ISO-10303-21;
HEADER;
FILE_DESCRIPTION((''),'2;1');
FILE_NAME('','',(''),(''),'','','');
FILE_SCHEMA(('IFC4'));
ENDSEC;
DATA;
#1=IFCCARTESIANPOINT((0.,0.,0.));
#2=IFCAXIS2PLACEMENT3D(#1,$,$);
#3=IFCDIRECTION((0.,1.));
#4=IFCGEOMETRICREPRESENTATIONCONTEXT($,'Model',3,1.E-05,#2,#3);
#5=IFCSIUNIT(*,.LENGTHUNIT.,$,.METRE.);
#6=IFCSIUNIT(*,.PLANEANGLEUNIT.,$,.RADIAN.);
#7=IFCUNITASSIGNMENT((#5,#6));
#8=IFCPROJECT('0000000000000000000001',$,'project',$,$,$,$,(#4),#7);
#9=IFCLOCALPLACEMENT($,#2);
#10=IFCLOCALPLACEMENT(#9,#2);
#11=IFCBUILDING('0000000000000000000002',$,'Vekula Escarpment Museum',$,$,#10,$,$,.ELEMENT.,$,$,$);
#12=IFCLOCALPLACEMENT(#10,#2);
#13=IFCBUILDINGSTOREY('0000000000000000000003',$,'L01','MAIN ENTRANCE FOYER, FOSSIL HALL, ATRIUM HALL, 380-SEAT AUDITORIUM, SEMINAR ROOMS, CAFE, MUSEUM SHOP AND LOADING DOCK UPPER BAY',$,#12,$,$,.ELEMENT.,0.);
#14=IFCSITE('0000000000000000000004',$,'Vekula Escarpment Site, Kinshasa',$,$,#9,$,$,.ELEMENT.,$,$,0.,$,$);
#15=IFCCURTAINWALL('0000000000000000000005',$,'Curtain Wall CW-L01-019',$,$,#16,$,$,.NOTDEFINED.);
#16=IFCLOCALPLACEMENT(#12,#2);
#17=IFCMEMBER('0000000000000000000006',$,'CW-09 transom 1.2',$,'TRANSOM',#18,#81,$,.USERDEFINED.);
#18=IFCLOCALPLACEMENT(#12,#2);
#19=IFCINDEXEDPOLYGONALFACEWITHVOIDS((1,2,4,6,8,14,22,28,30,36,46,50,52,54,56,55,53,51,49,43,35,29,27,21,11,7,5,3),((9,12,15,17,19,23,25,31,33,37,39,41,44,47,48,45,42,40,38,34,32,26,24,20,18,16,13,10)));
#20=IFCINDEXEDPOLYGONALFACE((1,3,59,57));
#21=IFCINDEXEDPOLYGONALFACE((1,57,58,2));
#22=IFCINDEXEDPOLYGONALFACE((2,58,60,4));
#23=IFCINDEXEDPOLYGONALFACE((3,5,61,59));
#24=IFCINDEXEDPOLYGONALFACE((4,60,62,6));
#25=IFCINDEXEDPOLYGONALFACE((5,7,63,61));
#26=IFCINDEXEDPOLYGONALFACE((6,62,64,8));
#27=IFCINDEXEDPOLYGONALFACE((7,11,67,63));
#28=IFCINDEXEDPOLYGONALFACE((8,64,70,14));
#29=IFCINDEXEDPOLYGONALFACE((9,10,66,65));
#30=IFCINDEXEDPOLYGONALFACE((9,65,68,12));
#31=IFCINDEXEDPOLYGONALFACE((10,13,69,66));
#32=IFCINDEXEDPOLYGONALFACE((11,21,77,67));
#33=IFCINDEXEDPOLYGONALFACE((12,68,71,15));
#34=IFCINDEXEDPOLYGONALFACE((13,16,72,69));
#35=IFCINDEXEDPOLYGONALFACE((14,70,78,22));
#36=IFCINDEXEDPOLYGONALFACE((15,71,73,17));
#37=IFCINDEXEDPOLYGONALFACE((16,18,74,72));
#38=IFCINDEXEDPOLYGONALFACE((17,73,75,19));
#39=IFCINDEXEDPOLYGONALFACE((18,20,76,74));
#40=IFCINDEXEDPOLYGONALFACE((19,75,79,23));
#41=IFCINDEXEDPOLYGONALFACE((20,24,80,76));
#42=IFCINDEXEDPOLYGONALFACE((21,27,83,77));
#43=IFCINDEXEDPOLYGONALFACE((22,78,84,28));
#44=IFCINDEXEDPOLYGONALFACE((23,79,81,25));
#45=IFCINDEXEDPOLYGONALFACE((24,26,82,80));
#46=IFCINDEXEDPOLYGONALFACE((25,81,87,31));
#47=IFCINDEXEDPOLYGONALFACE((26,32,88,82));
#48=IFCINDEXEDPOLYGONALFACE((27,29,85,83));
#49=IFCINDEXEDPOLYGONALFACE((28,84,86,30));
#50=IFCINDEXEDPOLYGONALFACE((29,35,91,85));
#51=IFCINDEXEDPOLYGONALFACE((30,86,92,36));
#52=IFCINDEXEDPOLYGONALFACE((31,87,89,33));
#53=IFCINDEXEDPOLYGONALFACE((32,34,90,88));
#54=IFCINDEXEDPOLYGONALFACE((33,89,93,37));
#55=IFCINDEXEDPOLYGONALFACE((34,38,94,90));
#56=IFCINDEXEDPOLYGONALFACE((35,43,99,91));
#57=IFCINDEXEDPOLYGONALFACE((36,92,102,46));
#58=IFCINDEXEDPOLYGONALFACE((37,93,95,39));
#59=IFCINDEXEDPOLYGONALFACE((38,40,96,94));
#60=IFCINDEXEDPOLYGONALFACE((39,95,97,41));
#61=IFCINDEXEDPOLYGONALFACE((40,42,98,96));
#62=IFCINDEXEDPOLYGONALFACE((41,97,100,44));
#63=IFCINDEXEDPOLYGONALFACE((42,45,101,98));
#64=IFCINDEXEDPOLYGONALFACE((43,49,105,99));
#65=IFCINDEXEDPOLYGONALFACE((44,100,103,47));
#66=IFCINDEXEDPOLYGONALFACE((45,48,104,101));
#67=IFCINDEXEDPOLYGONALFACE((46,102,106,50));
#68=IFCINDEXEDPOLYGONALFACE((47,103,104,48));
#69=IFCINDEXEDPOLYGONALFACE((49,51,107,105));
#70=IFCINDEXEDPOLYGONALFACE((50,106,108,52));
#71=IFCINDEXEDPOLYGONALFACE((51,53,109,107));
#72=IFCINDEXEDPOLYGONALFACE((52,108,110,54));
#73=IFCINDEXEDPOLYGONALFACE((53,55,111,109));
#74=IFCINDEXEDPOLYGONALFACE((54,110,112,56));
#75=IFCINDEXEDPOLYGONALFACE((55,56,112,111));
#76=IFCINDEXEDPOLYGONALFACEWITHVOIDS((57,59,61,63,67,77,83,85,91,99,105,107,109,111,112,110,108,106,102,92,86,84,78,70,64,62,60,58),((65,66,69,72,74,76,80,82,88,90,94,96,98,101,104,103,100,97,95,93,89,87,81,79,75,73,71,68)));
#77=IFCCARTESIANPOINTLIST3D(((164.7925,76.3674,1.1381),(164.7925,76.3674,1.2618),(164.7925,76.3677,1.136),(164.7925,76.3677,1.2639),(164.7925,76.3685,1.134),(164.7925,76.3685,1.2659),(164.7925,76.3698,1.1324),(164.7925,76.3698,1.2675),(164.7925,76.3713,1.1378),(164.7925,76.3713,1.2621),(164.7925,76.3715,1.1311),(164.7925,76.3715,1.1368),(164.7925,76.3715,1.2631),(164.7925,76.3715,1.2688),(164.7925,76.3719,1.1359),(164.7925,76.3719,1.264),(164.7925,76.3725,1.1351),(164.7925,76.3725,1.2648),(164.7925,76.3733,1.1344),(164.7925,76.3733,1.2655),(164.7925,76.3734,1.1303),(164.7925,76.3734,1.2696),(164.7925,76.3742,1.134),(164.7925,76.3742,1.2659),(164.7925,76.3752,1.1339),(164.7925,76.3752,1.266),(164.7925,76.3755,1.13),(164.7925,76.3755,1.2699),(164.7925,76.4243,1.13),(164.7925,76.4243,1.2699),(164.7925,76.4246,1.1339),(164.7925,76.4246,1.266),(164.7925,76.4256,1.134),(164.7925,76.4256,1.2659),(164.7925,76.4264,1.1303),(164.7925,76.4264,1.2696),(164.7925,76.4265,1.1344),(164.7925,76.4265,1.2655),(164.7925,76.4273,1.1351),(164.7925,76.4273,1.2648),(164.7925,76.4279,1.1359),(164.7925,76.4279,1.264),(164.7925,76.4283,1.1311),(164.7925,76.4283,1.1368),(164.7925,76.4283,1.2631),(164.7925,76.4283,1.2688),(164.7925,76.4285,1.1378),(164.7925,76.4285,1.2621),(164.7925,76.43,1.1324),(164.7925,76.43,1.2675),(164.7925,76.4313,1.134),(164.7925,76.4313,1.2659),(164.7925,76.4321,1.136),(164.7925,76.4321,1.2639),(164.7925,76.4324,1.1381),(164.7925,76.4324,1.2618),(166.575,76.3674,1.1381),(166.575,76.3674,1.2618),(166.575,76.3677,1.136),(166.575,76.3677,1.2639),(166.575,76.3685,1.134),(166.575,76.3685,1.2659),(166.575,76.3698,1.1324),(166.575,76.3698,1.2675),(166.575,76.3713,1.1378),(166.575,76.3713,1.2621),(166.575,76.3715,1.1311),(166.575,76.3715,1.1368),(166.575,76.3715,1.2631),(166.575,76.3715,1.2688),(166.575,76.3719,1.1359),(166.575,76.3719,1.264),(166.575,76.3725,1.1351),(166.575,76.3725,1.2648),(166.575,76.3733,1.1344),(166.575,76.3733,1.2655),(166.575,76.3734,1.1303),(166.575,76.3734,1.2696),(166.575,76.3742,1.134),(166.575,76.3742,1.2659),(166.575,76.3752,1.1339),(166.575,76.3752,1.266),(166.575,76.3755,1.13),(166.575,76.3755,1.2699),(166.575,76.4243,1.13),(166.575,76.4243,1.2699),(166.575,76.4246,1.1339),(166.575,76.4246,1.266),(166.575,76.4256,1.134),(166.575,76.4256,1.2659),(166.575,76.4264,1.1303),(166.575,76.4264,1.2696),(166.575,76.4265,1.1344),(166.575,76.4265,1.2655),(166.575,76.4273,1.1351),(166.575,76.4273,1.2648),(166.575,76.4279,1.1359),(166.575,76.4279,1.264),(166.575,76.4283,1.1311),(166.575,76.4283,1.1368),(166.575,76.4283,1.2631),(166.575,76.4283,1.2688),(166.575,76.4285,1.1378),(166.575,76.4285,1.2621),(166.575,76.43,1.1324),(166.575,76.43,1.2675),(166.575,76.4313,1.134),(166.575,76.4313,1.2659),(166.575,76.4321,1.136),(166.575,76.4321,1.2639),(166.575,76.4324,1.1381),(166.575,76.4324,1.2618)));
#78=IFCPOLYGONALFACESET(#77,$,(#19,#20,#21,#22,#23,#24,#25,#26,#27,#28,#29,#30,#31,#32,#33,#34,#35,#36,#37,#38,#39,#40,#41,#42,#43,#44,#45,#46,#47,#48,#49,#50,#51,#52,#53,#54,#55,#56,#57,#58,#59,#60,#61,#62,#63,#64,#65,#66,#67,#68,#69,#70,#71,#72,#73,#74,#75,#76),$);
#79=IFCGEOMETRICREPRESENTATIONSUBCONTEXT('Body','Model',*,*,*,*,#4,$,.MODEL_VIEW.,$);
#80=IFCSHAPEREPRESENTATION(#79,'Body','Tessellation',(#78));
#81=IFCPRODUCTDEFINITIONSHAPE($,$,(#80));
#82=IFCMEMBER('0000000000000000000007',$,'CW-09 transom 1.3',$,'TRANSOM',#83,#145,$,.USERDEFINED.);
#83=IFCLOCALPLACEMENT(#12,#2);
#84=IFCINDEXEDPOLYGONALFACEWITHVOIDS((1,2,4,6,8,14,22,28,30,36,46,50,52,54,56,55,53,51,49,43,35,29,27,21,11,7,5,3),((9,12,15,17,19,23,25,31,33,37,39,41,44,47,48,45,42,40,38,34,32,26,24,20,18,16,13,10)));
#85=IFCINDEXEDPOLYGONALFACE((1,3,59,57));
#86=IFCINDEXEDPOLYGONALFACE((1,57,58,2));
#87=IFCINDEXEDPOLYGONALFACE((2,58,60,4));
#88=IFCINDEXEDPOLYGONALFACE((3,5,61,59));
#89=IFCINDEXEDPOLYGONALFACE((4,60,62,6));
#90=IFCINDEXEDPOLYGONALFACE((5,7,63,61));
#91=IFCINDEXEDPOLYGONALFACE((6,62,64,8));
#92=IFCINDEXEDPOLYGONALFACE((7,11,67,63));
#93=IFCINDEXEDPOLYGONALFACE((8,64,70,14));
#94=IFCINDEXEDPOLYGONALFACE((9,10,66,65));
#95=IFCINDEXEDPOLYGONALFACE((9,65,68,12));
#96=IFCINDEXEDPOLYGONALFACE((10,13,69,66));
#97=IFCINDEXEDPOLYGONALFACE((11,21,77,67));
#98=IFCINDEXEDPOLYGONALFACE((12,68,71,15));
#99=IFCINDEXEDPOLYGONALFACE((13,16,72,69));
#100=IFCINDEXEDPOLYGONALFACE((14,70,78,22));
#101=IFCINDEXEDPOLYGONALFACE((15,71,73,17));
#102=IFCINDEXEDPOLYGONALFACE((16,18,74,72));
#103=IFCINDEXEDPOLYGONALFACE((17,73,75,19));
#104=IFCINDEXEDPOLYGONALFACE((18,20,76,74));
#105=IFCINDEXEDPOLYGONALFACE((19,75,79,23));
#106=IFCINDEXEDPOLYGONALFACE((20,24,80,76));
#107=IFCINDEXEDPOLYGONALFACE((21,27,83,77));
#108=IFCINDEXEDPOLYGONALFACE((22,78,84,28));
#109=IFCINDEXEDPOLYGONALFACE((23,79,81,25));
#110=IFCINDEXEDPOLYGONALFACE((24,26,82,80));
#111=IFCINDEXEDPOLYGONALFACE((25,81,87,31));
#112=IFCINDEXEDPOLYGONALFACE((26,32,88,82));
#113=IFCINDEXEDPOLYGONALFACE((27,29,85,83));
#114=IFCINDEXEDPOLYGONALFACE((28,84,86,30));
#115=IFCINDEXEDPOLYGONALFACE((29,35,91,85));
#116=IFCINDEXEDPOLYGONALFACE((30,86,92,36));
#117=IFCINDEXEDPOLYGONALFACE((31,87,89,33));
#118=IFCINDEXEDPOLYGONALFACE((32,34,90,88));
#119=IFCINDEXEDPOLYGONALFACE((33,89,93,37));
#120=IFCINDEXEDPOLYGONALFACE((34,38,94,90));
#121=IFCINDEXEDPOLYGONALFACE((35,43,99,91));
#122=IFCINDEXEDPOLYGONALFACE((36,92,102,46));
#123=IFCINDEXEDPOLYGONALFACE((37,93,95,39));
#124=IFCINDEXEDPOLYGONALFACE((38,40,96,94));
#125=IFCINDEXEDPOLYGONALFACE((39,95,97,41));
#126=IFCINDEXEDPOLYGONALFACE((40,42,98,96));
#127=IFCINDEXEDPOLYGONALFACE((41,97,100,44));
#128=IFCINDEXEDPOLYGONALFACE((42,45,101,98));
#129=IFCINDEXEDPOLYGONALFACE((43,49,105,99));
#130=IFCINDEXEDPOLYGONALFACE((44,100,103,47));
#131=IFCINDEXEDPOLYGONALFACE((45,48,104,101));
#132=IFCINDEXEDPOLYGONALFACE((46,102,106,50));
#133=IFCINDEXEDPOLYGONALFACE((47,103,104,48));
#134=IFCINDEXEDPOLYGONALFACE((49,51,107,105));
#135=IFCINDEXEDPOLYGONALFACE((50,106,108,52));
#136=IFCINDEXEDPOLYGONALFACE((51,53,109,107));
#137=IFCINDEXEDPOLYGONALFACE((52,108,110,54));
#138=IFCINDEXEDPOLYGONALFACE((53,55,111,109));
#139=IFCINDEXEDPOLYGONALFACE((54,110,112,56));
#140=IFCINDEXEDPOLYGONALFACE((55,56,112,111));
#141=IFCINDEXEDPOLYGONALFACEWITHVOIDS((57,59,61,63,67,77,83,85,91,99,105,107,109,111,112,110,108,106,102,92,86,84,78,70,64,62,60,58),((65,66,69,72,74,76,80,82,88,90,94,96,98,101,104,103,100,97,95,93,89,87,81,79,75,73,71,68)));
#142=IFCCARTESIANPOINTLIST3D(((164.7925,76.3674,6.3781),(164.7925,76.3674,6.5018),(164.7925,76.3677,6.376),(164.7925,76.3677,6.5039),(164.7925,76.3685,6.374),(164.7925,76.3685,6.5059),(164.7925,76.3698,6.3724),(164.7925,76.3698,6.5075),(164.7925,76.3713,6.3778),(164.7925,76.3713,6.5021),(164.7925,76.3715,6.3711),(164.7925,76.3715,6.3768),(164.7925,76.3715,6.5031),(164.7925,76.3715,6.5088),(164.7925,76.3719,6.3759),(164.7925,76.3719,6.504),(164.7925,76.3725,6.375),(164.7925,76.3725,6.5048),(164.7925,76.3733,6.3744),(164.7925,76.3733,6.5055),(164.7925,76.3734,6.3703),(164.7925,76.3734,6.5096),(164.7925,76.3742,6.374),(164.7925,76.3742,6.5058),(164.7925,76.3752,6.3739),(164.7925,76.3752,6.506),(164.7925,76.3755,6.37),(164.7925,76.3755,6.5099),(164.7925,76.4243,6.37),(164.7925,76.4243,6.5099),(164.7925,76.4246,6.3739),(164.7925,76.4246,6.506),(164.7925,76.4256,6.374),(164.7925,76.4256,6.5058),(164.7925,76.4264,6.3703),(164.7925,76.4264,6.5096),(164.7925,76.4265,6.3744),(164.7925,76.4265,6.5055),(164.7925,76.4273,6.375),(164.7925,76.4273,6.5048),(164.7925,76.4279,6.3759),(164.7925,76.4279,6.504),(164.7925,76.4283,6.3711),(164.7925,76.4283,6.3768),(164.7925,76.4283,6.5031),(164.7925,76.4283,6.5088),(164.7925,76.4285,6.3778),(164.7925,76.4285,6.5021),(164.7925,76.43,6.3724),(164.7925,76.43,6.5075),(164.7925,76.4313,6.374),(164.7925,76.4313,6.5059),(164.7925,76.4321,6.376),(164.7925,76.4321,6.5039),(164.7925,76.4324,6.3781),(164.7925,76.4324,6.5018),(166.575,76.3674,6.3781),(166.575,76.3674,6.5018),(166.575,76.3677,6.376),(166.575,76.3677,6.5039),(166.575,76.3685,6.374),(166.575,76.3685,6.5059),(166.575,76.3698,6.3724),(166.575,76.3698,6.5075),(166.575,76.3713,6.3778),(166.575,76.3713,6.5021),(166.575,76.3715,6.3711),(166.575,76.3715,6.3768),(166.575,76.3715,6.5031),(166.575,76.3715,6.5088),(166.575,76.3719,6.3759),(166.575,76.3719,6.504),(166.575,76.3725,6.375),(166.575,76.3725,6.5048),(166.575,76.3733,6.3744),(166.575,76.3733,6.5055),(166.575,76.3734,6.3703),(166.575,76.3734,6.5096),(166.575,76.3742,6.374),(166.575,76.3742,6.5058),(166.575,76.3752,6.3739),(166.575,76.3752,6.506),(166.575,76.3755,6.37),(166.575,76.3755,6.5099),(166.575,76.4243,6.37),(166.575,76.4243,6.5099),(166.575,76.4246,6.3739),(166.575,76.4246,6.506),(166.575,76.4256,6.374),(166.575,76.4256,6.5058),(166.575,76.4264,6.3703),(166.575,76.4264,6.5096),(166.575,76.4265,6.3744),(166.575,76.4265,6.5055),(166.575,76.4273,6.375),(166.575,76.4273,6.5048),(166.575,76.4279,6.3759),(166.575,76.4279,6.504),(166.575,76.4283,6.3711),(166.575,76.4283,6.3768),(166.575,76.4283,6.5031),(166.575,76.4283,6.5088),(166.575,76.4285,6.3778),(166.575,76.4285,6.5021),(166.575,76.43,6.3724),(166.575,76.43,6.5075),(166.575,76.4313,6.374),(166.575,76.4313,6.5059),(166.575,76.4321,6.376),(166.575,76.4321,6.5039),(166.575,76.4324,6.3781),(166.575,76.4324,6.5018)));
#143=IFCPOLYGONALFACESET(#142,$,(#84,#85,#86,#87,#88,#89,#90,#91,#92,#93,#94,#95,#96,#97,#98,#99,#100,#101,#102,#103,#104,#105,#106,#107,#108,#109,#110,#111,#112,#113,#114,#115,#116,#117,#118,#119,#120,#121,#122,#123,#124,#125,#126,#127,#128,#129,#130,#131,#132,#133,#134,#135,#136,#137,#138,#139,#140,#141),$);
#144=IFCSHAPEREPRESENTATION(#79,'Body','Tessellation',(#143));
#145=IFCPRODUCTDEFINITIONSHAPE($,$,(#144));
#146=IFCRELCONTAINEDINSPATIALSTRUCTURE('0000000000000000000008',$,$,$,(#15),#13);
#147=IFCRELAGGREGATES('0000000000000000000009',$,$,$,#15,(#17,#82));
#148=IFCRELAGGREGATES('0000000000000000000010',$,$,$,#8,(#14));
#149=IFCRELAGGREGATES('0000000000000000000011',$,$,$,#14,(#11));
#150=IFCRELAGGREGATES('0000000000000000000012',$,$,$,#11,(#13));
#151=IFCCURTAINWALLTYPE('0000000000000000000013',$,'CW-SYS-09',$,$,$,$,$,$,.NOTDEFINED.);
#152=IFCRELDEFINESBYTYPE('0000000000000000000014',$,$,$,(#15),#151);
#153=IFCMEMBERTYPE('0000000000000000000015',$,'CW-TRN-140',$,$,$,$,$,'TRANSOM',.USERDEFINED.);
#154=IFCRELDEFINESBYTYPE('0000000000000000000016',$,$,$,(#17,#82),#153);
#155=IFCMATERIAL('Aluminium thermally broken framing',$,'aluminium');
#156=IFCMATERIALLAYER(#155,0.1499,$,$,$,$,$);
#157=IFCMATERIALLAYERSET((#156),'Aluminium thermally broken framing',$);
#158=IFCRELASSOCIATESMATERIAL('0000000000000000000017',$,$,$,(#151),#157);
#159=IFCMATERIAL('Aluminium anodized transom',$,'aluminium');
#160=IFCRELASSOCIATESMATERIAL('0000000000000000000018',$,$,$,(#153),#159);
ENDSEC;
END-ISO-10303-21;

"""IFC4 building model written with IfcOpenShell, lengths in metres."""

from ifc_helpers import new_model, si_unit, direction, frame, origin, origin_2d, place, context, subcontext, project, spatial, hollow_rectangle, extrude, material, layer, layer_set, material_profile, profile_set, type_object, element, aggregate, save


model = new_model("IFC4")

# Units and contexts
model_context = context("Model", 3, precision=1e-05, world=origin(), true_north=direction((0.0, 1.0)))
body_context = subcontext(model_context, "Body", "Model", "MODEL_VIEW")
ifc_project = project(units=[si_unit("LENGTHUNIT", "METRE"), si_unit("PLANEANGLEUNIT", "RADIAN")], contexts=[model_context])

# Site, building, storey
site_placement = place(None, origin())
site = spatial("IfcSite", under=ifc_project, at=site_placement, Name="Vekula Escarpment Site, Kinshasa", CompositionType="ELEMENT", RefElevation=0.0)
building_placement = place(site_placement, origin())
building = spatial("IfcBuilding", under=site, at=building_placement, Name="Vekula Escarpment Museum", CompositionType="ELEMENT")
storey_placement = place(building_placement, origin())
storey = spatial("IfcBuildingStorey", under=building, at=storey_placement, Name="L01", Description="MAIN ENTRANCE FOYER, FOSSIL HALL, ATRIUM HALL, 380-SEAT AUDITORIUM, SEMINAR ROOMS, CAFE, MUSEUM SHOP AND LOADING DOCK UPPER BAY", CompositionType="ELEMENT", Elevation=0.0)

# Curtain wall
ifc_material_1 = material(Name="Aluminium thermally broken framing", Category="aluminium")
ifc_layer_1 = layer(ifc_material_1, 0.1499)
ifc_layer_set_1 = layer_set([ifc_layer_1], Name="Aluminium thermally broken framing")
curtain_wall_type_1 = type_object("IfcCurtainWallType", Name="CW-SYS-09", PredefinedType="NOTDEFINED", material=ifc_layer_set_1)
curtain_wall_1_placement = place(storey_placement, origin())
curtain_wall_1 = element("IfcCurtainWall", 1, at=curtain_wall_1_placement, inside=storey, type_object=curtain_wall_type_1, Name="Curtain Wall CW-L01-019", PredefinedType="NOTDEFINED")

# Members
ifc_material_2 = material(Name="Aluminium anodized transom", Category="aluminium")
ifc_material_profile_1 = material_profile(ifc_material_2, hollow_rectangle(XDim=0.0649, YDim=0.1399, WallThickness=0.0039, InnerFilletRadius=0.0039, OuterFilletRadius=0.0081, at=origin_2d()), Name="ALU 140x65x4")
ifc_profile_set_1 = profile_set([ifc_material_profile_1], Name="Aluminium anodized transom")
member_type_1 = type_object("IfcMemberType", Name="CW-TRN-140", ElementType="TRANSOM", PredefinedType="USERDEFINED", material=ifc_profile_set_1)
member_1_placement = place(storey_placement, frame((166.575, 76.3999, 1.2), z_axis=(-1.0, 0.0, 0.0), x_axis=(0.0, -1.0, 0.0)))
member_1 = element("IfcMember", 2, at=member_1_placement, type_object=member_type_1, Name="CW-09 transom 1.2", ObjectType="TRANSOM", PredefinedType="USERDEFINED", context=body_context, shape_type="SweptSolid", body=[
    extrude(hollow_rectangle(XDim=0.0649, YDim=0.1399, WallThickness=0.0039, InnerFilletRadius=0.0039, OuterFilletRadius=0.0081, at=origin_2d()), origin(), (0.0, 0.0, 1.0), 1.7825),
])
member_2_placement = place(storey_placement, frame((166.575, 76.3999, 6.4399), z_axis=(-1.0, 0.0, 0.0), x_axis=(0.0, -1.0, 0.0)))
member_2 = element("IfcMember", 3, at=member_2_placement, type_object=member_type_1, Name="CW-09 transom 1.3", ObjectType="TRANSOM", PredefinedType="USERDEFINED", context=body_context, shape_type="SweptSolid", body=[
    extrude(hollow_rectangle(XDim=0.0649, YDim=0.1399, WallThickness=0.0039, InnerFilletRadius=0.0039, OuterFilletRadius=0.0081, at=origin_2d()), origin(), (0.0, 0.0, 1.0), 1.7825),
])

aggregate(curtain_wall_1, [member_1, member_2])

save(model, "model.ifc")
